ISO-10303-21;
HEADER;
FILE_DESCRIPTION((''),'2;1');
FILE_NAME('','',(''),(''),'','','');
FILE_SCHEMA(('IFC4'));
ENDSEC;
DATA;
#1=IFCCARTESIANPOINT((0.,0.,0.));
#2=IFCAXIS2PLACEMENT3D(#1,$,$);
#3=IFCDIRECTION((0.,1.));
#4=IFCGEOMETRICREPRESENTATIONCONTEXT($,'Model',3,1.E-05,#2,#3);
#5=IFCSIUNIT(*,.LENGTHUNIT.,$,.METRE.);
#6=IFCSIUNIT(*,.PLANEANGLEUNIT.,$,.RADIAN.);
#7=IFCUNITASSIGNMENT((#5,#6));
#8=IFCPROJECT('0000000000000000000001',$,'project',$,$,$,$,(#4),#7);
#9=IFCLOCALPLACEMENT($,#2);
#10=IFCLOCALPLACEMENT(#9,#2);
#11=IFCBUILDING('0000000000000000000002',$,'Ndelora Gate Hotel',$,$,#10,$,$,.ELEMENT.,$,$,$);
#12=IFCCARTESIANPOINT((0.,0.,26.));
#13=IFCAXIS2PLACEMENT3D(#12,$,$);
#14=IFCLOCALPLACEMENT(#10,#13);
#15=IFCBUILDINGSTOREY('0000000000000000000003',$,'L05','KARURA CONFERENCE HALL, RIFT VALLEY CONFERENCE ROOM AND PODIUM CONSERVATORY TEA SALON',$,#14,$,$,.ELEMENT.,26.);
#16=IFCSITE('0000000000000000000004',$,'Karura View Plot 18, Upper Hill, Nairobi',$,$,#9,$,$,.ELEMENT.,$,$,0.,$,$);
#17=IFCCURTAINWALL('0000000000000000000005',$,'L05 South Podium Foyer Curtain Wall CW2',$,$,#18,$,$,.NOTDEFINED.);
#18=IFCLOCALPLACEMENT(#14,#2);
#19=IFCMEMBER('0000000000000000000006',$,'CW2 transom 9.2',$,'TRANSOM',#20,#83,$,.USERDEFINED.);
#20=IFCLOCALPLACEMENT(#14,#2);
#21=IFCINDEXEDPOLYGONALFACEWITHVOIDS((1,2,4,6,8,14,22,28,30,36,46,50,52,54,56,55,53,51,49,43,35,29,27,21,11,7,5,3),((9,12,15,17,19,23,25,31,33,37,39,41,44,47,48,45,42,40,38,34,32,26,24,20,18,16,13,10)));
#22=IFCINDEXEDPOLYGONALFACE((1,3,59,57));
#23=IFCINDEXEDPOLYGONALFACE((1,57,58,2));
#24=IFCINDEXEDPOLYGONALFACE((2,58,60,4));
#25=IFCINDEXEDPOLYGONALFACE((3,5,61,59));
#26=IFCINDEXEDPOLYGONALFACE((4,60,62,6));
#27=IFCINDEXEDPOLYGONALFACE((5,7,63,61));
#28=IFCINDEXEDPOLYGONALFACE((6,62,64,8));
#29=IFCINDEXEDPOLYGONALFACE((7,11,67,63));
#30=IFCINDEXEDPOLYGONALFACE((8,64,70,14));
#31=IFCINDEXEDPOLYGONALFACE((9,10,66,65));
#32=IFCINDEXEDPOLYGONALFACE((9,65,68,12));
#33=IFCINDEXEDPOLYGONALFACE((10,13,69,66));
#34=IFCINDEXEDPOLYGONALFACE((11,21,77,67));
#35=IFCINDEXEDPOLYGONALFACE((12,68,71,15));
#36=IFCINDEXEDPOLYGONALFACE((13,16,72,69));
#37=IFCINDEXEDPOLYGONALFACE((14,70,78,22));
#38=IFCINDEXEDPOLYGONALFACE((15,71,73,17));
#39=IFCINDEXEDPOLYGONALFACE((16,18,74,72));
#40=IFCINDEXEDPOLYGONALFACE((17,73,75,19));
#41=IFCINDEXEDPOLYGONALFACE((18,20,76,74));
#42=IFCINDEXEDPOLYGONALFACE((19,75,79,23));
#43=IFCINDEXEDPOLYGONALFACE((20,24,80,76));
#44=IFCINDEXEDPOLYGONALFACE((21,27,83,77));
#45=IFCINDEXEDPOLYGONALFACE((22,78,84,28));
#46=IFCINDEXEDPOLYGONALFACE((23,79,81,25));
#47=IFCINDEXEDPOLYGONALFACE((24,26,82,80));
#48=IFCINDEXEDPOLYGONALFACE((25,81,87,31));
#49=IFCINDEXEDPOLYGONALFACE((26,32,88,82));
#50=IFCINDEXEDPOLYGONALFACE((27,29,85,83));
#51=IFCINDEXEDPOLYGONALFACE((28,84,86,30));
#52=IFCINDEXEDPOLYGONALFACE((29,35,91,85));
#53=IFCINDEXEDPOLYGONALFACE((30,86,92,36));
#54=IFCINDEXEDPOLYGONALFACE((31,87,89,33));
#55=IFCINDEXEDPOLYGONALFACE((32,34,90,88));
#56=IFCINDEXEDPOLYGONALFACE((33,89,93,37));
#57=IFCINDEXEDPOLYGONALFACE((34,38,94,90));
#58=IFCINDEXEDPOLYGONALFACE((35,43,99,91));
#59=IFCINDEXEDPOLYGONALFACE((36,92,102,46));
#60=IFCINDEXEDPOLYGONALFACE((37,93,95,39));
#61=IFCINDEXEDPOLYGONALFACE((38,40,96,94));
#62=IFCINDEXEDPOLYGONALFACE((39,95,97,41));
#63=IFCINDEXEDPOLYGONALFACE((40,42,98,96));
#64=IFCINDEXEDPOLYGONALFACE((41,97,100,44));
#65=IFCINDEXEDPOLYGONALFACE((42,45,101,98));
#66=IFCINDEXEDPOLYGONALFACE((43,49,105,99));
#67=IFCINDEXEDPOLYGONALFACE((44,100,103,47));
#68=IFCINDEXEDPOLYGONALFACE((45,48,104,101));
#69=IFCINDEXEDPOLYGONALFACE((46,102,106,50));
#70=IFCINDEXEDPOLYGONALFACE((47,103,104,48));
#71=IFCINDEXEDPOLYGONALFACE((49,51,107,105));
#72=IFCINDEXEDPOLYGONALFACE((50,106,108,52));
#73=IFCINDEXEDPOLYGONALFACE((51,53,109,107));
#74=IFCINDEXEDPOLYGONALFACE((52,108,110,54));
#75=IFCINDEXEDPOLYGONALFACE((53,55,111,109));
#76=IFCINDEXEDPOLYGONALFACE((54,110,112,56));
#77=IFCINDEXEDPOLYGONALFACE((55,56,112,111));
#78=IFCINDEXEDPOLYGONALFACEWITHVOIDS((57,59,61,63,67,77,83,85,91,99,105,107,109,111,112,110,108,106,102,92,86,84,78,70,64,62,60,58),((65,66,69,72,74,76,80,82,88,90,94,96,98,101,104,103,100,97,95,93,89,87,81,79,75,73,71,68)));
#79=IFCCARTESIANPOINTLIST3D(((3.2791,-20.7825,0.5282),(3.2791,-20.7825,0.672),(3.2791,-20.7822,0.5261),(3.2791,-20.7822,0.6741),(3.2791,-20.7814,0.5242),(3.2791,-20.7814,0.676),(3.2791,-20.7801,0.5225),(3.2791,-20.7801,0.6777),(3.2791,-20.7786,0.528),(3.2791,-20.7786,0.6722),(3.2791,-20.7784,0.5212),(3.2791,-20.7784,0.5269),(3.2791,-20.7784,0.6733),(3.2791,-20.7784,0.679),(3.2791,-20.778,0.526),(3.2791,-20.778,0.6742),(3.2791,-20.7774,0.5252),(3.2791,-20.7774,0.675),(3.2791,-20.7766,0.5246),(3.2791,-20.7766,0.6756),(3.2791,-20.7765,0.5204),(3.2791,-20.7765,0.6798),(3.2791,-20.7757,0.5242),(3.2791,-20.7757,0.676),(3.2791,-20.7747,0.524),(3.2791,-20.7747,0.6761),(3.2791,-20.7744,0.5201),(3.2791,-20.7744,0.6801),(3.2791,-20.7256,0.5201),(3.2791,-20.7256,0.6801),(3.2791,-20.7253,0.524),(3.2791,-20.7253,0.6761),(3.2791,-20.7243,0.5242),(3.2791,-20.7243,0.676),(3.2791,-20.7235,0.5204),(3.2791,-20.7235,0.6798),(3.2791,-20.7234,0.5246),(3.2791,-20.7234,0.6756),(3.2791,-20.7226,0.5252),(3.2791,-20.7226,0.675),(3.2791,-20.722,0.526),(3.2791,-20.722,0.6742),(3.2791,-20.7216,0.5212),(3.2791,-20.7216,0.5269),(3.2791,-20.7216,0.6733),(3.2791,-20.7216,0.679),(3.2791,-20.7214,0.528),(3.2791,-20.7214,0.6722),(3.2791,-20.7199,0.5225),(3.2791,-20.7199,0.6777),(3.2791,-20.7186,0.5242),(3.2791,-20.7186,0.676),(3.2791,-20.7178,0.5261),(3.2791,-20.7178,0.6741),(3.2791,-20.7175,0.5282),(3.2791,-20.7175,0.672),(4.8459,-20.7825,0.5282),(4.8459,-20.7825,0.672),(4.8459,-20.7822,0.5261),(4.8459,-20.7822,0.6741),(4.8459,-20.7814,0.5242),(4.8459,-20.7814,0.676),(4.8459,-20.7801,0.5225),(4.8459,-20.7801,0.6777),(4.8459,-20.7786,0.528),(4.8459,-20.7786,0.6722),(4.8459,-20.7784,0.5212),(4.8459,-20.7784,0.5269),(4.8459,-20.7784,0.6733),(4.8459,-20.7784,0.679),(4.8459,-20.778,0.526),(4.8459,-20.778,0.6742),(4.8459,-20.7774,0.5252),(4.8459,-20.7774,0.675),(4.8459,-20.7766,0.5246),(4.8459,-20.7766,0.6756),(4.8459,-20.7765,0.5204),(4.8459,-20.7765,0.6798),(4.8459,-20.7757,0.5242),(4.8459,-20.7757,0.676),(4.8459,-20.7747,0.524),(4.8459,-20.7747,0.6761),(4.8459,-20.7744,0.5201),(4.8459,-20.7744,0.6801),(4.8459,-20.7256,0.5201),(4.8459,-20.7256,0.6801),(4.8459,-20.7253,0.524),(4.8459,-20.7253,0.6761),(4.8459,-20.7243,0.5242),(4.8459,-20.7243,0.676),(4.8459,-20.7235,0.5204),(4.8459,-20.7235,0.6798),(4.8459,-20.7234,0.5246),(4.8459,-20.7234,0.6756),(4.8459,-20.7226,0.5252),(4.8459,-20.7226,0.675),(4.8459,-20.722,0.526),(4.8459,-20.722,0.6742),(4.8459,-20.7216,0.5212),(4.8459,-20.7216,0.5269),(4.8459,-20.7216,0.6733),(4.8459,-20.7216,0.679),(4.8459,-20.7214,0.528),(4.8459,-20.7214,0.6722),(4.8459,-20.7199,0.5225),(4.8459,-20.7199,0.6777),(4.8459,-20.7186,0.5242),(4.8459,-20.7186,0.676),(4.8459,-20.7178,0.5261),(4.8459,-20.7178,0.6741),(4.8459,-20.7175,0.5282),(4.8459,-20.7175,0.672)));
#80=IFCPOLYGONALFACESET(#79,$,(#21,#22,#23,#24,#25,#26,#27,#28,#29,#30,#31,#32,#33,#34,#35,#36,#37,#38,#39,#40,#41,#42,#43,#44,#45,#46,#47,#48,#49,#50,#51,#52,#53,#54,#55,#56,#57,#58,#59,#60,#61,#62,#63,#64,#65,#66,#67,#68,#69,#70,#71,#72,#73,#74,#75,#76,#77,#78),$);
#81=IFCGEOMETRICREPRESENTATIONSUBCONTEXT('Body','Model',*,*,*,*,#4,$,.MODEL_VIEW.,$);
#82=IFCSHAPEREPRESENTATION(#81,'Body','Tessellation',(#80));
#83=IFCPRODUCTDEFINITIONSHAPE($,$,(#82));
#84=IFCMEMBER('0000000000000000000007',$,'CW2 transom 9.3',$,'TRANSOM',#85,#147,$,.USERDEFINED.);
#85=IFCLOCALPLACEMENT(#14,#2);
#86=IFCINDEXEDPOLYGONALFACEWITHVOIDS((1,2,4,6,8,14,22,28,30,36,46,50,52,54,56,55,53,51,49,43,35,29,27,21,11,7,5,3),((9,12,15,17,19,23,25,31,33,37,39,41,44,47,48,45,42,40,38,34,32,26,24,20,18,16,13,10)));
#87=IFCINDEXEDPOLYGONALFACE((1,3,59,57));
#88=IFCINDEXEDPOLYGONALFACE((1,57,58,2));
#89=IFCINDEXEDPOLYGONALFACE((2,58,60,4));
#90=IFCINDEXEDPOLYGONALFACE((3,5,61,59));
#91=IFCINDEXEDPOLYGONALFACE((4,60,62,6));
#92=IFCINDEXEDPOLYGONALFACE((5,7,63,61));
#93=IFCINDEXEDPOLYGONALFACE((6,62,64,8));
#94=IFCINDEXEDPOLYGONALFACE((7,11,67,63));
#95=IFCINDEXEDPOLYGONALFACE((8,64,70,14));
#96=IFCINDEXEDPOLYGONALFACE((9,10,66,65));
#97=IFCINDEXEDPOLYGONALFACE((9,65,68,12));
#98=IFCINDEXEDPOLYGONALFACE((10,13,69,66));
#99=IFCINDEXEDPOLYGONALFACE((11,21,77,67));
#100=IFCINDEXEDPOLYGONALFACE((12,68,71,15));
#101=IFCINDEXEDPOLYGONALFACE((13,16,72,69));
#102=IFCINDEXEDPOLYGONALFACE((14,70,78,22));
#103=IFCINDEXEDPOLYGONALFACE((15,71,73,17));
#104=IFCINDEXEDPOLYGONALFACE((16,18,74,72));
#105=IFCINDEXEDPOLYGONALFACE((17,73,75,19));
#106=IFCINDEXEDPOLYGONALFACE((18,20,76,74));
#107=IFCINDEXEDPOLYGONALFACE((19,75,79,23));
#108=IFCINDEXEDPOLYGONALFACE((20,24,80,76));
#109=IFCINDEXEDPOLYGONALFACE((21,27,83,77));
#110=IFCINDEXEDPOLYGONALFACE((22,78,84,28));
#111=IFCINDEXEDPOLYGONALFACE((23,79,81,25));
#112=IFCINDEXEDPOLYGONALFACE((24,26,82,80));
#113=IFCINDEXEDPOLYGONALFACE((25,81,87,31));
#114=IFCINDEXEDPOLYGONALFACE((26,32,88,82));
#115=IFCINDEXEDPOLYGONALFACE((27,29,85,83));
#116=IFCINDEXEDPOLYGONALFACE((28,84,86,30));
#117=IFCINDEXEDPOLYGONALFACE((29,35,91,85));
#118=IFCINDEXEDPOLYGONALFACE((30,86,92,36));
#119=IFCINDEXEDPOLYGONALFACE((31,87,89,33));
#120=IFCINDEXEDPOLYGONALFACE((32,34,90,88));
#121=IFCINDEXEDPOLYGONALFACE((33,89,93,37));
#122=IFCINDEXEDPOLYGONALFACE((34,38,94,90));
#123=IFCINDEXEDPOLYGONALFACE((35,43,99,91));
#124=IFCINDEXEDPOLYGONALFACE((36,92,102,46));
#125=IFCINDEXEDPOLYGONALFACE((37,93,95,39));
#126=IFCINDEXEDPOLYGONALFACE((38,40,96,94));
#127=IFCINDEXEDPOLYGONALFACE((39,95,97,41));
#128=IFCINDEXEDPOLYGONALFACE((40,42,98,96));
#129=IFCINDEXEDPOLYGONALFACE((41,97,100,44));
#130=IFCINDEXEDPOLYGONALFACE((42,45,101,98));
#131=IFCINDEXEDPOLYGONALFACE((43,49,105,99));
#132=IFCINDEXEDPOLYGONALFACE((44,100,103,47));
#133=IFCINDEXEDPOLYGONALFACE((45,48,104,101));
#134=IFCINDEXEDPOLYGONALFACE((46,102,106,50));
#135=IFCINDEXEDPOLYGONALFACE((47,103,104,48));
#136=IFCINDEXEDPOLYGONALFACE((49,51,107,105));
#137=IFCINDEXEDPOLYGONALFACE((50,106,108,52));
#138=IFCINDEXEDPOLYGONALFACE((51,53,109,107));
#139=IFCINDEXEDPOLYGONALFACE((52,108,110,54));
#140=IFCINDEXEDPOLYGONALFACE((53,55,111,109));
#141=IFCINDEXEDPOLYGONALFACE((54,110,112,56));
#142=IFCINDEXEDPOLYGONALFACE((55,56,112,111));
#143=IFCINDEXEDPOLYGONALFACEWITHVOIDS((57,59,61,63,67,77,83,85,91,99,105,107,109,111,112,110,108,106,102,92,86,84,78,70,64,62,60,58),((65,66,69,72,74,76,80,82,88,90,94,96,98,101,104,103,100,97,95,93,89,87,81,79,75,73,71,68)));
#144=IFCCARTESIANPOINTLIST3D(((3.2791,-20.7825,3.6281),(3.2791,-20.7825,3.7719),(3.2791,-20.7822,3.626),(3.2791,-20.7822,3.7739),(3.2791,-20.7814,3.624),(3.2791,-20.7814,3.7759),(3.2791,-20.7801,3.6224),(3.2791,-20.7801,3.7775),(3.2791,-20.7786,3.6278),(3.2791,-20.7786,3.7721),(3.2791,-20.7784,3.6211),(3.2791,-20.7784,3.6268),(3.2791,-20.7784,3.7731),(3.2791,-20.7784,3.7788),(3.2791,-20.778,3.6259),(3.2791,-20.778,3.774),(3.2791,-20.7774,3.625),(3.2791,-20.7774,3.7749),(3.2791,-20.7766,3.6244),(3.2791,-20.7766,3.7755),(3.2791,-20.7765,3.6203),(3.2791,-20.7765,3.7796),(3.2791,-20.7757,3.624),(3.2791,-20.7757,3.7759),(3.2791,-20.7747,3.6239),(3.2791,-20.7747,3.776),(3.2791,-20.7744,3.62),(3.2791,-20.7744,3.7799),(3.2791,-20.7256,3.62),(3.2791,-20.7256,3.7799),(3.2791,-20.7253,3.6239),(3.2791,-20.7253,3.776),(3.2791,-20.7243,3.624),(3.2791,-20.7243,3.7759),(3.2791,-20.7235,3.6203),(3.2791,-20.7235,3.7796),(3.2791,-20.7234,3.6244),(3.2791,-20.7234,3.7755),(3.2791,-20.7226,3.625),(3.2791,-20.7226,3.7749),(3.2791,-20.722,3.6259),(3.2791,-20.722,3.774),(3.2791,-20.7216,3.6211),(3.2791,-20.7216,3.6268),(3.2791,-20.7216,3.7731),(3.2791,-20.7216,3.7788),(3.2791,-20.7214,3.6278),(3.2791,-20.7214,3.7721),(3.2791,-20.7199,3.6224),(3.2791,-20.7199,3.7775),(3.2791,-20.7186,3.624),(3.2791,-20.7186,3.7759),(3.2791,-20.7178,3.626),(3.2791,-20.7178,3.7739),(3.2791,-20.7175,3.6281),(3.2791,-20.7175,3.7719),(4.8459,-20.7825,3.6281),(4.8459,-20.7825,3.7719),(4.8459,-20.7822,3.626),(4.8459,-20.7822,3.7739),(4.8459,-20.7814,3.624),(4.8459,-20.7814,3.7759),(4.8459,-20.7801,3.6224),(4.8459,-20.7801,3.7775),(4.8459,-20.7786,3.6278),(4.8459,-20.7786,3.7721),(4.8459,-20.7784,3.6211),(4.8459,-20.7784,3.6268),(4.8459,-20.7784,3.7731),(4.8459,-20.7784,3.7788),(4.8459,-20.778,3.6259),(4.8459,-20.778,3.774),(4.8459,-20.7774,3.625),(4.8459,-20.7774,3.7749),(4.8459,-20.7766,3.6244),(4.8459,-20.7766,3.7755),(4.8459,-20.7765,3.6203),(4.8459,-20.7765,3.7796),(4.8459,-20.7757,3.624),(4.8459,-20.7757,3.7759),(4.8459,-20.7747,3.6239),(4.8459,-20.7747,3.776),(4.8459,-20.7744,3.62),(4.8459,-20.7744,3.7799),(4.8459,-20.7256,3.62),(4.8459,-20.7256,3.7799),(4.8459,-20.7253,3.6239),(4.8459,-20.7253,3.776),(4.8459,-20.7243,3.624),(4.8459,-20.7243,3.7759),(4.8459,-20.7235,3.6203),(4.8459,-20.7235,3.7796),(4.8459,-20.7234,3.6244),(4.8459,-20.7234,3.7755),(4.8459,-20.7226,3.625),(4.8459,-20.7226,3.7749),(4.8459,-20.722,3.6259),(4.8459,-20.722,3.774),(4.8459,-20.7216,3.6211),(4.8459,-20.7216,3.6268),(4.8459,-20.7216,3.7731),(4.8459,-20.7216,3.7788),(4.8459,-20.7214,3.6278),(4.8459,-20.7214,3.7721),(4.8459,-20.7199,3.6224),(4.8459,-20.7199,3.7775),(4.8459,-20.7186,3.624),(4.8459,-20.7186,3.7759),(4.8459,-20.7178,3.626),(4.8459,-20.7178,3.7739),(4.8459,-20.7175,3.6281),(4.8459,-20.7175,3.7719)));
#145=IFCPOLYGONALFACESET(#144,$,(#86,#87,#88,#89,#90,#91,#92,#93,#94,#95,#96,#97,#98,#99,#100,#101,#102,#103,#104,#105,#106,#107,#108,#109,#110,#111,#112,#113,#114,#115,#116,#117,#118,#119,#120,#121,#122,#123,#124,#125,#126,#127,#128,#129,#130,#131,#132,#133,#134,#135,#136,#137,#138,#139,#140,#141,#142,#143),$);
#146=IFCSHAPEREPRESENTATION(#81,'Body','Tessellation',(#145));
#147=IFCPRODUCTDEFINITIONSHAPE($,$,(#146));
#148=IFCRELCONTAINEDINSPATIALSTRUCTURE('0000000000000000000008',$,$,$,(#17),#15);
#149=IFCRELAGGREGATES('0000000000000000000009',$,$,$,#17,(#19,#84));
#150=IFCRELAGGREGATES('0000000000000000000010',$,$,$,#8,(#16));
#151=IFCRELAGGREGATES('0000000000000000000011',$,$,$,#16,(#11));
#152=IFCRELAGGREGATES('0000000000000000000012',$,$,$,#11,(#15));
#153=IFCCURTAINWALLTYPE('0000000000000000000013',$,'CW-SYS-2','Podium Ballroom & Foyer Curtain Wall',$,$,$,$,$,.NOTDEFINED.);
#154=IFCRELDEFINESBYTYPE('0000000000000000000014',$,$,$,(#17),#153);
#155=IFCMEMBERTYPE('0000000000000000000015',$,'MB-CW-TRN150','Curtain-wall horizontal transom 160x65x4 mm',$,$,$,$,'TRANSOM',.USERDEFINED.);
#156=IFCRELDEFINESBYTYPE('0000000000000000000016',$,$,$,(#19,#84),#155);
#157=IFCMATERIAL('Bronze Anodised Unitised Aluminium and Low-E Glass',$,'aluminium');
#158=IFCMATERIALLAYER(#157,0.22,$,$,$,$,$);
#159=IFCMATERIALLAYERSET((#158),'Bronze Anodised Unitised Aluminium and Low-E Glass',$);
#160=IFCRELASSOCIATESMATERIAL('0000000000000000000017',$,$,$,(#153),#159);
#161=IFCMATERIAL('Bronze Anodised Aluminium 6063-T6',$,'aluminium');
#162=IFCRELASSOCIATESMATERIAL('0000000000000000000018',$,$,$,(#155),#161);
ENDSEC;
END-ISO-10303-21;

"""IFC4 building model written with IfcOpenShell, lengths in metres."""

from ifc_helpers import new_model, si_unit, direction, frame, origin, origin_2d, place, context, subcontext, project, spatial, hollow_rectangle, extrude, material, layer, layer_set, material_profile, profile_set, type_object, element, aggregate, save


model = new_model("IFC4")

# Units and contexts
model_context = context("Model", 3, precision=1e-05, world=origin(), true_north=direction((0.0, 1.0)))
body_context = subcontext(model_context, "Body", "Model", "MODEL_VIEW")
ifc_project = project(units=[si_unit("LENGTHUNIT", "METRE"), si_unit("PLANEANGLEUNIT", "RADIAN")], contexts=[model_context])

# Site, building, storey
site_placement = place(None, origin())
site = spatial("IfcSite", under=ifc_project, at=site_placement, Name="Karura View Plot 18, Upper Hill, Nairobi", CompositionType="ELEMENT", RefElevation=0.0)
building_placement = place(site_placement, origin())
building = spatial("IfcBuilding", under=site, at=building_placement, Name="Ndelora Gate Hotel", CompositionType="ELEMENT")
storey_placement = place(building_placement, frame((0.0, 0.0, 26.0)))
storey = spatial("IfcBuildingStorey", under=building, at=storey_placement, Name="L05", Description="KARURA CONFERENCE HALL, RIFT VALLEY CONFERENCE ROOM AND PODIUM CONSERVATORY TEA SALON", CompositionType="ELEMENT", Elevation=26.0)

# Curtain wall, members
ifc_material_1 = material(Name="Bronze Anodised Unitised Aluminium and Low-E Glass", Category="aluminium")
ifc_layer_1 = layer(ifc_material_1, 0.22)
ifc_layer_set_1 = layer_set([ifc_layer_1], Name="Bronze Anodised Unitised Aluminium and Low-E Glass")
curtain_wall_type = type_object("IfcCurtainWallType", Name="CW-SYS-2", Description="Podium Ballroom & Foyer Curtain Wall", PredefinedType="NOTDEFINED", material=ifc_layer_set_1)
curtain_wall_placement = place(storey_placement, origin())
curtain_wall = element("IfcCurtainWall", 1, at=curtain_wall_placement, inside=storey, type_object=curtain_wall_type, Name="L05 South Podium Foyer Curtain Wall CW2", PredefinedType="NOTDEFINED")
ifc_material_2 = material(Name="Bronze Anodised Aluminium 6063-T6", Category="aluminium")
ifc_material_profile_1 = material_profile(ifc_material_2, hollow_rectangle(XDim=0.0649, YDim=0.1599, WallThickness=0.0039, InnerFilletRadius=0.0039, OuterFilletRadius=0.0081, at=origin_2d()), Name="ALU 160x65x4")
ifc_profile_set_1 = profile_set([ifc_material_profile_1], Name="Bronze Anodised Aluminium 6063-T6")
member_type_1 = type_object("IfcMemberType", Name="MB-CW-TRN150", Description="Curtain-wall horizontal transom 160x65x4 mm", ElementType="TRANSOM", PredefinedType="USERDEFINED", material=ifc_profile_set_1)
member_1_placement = place(storey_placement, frame((3.2791, -20.75, 0.6001), z_axis=(1.0, 0.0, 0.0), x_axis=(0.0, 1.0, 0.0)))
member_1 = element("IfcMember", 2, at=member_1_placement, type_object=member_type_1, Name="CW2 transom 9.2", ObjectType="TRANSOM", PredefinedType="USERDEFINED", context=body_context, shape_type="SweptSolid", body=[
    extrude(hollow_rectangle(XDim=0.0649, YDim=0.1599, WallThickness=0.0039, InnerFilletRadius=0.0039, OuterFilletRadius=0.0081, at=origin_2d()), origin(), (0.0, 0.0, 1.0), 1.5669),
])
member_2_placement = place(storey_placement, frame((3.2791, -20.75, 3.7), z_axis=(1.0, 0.0, 0.0), x_axis=(0.0, 1.0, 0.0)))
member_2 = element("IfcMember", 3, at=member_2_placement, type_object=member_type_1, Name="CW2 transom 9.3", ObjectType="TRANSOM", PredefinedType="USERDEFINED", context=body_context, shape_type="SweptSolid", body=[
    extrude(hollow_rectangle(XDim=0.0649, YDim=0.1599, WallThickness=0.0039, InnerFilletRadius=0.0039, OuterFilletRadius=0.0081, at=origin_2d()), origin(), (0.0, 0.0, 1.0), 1.5669),
])
aggregate(curtain_wall, [member_1, member_2])

save(model, "model.ifc")
